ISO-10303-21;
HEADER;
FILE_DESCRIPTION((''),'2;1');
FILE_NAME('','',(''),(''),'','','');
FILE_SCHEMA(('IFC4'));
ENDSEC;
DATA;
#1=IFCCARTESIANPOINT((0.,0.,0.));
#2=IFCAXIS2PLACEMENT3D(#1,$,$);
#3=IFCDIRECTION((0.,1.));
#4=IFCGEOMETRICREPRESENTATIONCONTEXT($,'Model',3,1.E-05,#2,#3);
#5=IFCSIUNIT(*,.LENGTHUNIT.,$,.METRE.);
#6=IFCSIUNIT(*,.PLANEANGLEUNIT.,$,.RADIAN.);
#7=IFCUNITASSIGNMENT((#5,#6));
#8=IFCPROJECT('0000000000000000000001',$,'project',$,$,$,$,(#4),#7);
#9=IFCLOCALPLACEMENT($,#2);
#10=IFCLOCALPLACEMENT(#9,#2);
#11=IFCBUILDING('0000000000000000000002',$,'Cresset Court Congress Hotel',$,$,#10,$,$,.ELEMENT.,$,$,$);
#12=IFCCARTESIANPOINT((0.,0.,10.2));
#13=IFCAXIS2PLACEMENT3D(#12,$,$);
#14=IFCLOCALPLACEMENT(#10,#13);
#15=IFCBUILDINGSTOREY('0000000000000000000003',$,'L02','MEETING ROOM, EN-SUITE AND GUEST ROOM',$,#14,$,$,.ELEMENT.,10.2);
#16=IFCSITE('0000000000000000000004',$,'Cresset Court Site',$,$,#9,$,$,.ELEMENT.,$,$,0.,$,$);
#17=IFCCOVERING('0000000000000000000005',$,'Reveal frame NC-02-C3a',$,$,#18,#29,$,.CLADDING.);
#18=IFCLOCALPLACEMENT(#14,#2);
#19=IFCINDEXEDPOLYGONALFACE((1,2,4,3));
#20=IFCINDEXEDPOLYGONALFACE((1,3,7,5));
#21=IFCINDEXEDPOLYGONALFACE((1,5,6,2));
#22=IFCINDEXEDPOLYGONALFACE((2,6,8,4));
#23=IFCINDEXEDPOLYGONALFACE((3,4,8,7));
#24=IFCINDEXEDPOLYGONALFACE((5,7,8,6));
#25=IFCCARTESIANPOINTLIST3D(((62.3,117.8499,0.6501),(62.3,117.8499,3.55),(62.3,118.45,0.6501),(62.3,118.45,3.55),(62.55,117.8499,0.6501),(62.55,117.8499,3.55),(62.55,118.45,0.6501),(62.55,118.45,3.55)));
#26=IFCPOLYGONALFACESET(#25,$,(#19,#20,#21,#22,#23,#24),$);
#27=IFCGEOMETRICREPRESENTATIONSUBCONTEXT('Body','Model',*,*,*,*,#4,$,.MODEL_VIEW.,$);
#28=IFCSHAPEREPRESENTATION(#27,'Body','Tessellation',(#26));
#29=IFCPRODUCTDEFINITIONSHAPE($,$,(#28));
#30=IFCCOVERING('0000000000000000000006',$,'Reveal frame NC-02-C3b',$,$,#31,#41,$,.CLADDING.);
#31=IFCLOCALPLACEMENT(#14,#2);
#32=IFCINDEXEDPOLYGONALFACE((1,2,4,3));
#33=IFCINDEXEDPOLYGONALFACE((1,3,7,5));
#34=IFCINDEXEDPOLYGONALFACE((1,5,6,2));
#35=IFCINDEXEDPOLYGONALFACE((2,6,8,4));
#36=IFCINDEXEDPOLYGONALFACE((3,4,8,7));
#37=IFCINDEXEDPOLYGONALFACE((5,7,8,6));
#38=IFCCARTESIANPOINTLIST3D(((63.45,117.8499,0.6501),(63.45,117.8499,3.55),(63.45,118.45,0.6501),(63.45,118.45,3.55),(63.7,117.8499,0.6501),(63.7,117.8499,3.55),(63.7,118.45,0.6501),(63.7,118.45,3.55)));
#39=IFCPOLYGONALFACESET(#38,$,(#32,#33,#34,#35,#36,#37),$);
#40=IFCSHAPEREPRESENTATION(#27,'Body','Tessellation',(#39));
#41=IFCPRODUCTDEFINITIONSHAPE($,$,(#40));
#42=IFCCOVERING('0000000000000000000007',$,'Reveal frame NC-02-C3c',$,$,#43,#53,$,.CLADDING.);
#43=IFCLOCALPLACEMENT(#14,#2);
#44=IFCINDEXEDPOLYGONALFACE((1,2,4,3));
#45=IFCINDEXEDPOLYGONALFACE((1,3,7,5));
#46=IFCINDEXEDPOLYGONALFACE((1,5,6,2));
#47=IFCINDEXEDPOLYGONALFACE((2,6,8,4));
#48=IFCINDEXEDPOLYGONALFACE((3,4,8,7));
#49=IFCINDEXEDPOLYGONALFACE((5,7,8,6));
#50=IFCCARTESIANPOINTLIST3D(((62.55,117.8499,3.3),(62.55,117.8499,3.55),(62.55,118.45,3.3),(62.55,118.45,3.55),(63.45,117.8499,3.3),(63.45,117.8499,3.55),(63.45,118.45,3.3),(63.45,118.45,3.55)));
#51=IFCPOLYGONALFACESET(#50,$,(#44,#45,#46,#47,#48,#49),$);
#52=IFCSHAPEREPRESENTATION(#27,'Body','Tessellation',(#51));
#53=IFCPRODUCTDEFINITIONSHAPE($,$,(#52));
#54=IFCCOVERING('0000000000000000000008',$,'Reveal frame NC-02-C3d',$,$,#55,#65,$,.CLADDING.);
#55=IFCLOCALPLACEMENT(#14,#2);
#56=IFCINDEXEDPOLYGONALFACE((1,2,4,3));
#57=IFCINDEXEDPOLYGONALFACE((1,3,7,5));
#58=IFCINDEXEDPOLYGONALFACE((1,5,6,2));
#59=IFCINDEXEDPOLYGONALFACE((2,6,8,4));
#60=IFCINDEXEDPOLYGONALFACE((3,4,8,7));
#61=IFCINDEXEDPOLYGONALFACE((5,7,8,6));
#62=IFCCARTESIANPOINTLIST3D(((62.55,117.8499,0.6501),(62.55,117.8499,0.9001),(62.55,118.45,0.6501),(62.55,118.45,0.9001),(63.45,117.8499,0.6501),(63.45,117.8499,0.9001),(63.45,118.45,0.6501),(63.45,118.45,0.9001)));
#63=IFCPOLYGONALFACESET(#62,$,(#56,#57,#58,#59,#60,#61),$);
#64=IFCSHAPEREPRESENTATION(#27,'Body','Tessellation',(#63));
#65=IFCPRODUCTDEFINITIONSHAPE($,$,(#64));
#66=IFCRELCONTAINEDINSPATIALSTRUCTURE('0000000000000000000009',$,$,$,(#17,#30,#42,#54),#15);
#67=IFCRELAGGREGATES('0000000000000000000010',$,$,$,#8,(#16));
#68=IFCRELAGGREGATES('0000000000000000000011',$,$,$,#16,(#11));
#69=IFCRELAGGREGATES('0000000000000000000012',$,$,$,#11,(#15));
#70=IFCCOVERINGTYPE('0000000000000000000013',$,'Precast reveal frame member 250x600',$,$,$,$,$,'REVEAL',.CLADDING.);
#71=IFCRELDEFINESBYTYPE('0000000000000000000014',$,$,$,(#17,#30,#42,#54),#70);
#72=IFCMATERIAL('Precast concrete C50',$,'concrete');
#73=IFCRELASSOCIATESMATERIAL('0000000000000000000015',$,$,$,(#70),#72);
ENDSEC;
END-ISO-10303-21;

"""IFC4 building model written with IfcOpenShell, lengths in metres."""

from ifc_helpers import new_model, si_unit, direction, frame, origin, origin_2d, place, context, subcontext, project, spatial, rectangle, extrude, material, type_object, element, save


model = new_model("IFC4")

# Units and contexts
model_context = context("Model", 3, precision=1e-05, world=origin(), true_north=direction((0.0, 1.0)))
body_context = subcontext(model_context, "Body", "Model", "MODEL_VIEW")
ifc_project = project(units=[si_unit("LENGTHUNIT", "METRE"), si_unit("PLANEANGLEUNIT", "RADIAN")], contexts=[model_context])

# Site, building, storey
site_placement = place(None, origin())
site = spatial("IfcSite", under=ifc_project, at=site_placement, Name="Cresset Court Site", CompositionType="ELEMENT", RefElevation=0.0)
building_placement = place(site_placement, origin())
building = spatial("IfcBuilding", under=site, at=building_placement, Name="Cresset Court Congress Hotel", CompositionType="ELEMENT")
storey_placement = place(building_placement, frame((0.0, 0.0, 10.2)))
storey = spatial("IfcBuildingStorey", under=building, at=storey_placement, Name="L02", Description="MEETING ROOM, EN-SUITE AND GUEST ROOM", CompositionType="ELEMENT", Elevation=10.2)

# Coverings
ifc_material_1 = material(Name="Precast concrete C50", Category="concrete")
covering_type_1 = type_object("IfcCoveringType", Name="Precast reveal frame member 250x600", ElementType="REVEAL", PredefinedType="CLADDING", material=ifc_material_1)
for number, where, z_axis, x_axis, name in (
    (1, (62.425, 118.1499, 0.6501), (0.0, 0.0, 1.0), (1.0, 0.0, 0.0), "Reveal frame NC-02-C3a"),
    (2, (63.575, 118.1499, 0.6501), (0.0, 0.0, 1.0), (1.0, 0.0, 0.0), "Reveal frame NC-02-C3b"),
):
    element("IfcCovering", number, at=place(storey_placement, frame(where, z_axis=z_axis, x_axis=x_axis)), inside=storey, type_object=covering_type_1, Name=name, PredefinedType="CLADDING", context=body_context, shape_type="SweptSolid", body=[
        extrude(rectangle(XDim=0.25, YDim=0.6001, at=origin_2d()), origin(), (0.0, 0.0, 1.0), 2.8999),
    ])
for number, where, z_axis, x_axis, name in (
    (3, (63.0, 118.1499, 3.3), (0.0, 0.0, 1.0), (1.0, 0.0, 0.0), "Reveal frame NC-02-C3c"),
    (4, (63.0, 118.1499, 0.6501), (0.0, 0.0, 1.0), (1.0, 0.0, 0.0), "Reveal frame NC-02-C3d"),
):
    element("IfcCovering", number, at=place(storey_placement, frame(where, z_axis=z_axis, x_axis=x_axis)), inside=storey, type_object=covering_type_1, Name=name, PredefinedType="CLADDING", context=body_context, shape_type="SweptSolid", body=[
        extrude(rectangle(XDim=0.8999, YDim=0.6001, at=origin_2d()), origin(), (0.0, 0.0, 1.0), 0.25),
    ])

save(model, "model.ifc")
